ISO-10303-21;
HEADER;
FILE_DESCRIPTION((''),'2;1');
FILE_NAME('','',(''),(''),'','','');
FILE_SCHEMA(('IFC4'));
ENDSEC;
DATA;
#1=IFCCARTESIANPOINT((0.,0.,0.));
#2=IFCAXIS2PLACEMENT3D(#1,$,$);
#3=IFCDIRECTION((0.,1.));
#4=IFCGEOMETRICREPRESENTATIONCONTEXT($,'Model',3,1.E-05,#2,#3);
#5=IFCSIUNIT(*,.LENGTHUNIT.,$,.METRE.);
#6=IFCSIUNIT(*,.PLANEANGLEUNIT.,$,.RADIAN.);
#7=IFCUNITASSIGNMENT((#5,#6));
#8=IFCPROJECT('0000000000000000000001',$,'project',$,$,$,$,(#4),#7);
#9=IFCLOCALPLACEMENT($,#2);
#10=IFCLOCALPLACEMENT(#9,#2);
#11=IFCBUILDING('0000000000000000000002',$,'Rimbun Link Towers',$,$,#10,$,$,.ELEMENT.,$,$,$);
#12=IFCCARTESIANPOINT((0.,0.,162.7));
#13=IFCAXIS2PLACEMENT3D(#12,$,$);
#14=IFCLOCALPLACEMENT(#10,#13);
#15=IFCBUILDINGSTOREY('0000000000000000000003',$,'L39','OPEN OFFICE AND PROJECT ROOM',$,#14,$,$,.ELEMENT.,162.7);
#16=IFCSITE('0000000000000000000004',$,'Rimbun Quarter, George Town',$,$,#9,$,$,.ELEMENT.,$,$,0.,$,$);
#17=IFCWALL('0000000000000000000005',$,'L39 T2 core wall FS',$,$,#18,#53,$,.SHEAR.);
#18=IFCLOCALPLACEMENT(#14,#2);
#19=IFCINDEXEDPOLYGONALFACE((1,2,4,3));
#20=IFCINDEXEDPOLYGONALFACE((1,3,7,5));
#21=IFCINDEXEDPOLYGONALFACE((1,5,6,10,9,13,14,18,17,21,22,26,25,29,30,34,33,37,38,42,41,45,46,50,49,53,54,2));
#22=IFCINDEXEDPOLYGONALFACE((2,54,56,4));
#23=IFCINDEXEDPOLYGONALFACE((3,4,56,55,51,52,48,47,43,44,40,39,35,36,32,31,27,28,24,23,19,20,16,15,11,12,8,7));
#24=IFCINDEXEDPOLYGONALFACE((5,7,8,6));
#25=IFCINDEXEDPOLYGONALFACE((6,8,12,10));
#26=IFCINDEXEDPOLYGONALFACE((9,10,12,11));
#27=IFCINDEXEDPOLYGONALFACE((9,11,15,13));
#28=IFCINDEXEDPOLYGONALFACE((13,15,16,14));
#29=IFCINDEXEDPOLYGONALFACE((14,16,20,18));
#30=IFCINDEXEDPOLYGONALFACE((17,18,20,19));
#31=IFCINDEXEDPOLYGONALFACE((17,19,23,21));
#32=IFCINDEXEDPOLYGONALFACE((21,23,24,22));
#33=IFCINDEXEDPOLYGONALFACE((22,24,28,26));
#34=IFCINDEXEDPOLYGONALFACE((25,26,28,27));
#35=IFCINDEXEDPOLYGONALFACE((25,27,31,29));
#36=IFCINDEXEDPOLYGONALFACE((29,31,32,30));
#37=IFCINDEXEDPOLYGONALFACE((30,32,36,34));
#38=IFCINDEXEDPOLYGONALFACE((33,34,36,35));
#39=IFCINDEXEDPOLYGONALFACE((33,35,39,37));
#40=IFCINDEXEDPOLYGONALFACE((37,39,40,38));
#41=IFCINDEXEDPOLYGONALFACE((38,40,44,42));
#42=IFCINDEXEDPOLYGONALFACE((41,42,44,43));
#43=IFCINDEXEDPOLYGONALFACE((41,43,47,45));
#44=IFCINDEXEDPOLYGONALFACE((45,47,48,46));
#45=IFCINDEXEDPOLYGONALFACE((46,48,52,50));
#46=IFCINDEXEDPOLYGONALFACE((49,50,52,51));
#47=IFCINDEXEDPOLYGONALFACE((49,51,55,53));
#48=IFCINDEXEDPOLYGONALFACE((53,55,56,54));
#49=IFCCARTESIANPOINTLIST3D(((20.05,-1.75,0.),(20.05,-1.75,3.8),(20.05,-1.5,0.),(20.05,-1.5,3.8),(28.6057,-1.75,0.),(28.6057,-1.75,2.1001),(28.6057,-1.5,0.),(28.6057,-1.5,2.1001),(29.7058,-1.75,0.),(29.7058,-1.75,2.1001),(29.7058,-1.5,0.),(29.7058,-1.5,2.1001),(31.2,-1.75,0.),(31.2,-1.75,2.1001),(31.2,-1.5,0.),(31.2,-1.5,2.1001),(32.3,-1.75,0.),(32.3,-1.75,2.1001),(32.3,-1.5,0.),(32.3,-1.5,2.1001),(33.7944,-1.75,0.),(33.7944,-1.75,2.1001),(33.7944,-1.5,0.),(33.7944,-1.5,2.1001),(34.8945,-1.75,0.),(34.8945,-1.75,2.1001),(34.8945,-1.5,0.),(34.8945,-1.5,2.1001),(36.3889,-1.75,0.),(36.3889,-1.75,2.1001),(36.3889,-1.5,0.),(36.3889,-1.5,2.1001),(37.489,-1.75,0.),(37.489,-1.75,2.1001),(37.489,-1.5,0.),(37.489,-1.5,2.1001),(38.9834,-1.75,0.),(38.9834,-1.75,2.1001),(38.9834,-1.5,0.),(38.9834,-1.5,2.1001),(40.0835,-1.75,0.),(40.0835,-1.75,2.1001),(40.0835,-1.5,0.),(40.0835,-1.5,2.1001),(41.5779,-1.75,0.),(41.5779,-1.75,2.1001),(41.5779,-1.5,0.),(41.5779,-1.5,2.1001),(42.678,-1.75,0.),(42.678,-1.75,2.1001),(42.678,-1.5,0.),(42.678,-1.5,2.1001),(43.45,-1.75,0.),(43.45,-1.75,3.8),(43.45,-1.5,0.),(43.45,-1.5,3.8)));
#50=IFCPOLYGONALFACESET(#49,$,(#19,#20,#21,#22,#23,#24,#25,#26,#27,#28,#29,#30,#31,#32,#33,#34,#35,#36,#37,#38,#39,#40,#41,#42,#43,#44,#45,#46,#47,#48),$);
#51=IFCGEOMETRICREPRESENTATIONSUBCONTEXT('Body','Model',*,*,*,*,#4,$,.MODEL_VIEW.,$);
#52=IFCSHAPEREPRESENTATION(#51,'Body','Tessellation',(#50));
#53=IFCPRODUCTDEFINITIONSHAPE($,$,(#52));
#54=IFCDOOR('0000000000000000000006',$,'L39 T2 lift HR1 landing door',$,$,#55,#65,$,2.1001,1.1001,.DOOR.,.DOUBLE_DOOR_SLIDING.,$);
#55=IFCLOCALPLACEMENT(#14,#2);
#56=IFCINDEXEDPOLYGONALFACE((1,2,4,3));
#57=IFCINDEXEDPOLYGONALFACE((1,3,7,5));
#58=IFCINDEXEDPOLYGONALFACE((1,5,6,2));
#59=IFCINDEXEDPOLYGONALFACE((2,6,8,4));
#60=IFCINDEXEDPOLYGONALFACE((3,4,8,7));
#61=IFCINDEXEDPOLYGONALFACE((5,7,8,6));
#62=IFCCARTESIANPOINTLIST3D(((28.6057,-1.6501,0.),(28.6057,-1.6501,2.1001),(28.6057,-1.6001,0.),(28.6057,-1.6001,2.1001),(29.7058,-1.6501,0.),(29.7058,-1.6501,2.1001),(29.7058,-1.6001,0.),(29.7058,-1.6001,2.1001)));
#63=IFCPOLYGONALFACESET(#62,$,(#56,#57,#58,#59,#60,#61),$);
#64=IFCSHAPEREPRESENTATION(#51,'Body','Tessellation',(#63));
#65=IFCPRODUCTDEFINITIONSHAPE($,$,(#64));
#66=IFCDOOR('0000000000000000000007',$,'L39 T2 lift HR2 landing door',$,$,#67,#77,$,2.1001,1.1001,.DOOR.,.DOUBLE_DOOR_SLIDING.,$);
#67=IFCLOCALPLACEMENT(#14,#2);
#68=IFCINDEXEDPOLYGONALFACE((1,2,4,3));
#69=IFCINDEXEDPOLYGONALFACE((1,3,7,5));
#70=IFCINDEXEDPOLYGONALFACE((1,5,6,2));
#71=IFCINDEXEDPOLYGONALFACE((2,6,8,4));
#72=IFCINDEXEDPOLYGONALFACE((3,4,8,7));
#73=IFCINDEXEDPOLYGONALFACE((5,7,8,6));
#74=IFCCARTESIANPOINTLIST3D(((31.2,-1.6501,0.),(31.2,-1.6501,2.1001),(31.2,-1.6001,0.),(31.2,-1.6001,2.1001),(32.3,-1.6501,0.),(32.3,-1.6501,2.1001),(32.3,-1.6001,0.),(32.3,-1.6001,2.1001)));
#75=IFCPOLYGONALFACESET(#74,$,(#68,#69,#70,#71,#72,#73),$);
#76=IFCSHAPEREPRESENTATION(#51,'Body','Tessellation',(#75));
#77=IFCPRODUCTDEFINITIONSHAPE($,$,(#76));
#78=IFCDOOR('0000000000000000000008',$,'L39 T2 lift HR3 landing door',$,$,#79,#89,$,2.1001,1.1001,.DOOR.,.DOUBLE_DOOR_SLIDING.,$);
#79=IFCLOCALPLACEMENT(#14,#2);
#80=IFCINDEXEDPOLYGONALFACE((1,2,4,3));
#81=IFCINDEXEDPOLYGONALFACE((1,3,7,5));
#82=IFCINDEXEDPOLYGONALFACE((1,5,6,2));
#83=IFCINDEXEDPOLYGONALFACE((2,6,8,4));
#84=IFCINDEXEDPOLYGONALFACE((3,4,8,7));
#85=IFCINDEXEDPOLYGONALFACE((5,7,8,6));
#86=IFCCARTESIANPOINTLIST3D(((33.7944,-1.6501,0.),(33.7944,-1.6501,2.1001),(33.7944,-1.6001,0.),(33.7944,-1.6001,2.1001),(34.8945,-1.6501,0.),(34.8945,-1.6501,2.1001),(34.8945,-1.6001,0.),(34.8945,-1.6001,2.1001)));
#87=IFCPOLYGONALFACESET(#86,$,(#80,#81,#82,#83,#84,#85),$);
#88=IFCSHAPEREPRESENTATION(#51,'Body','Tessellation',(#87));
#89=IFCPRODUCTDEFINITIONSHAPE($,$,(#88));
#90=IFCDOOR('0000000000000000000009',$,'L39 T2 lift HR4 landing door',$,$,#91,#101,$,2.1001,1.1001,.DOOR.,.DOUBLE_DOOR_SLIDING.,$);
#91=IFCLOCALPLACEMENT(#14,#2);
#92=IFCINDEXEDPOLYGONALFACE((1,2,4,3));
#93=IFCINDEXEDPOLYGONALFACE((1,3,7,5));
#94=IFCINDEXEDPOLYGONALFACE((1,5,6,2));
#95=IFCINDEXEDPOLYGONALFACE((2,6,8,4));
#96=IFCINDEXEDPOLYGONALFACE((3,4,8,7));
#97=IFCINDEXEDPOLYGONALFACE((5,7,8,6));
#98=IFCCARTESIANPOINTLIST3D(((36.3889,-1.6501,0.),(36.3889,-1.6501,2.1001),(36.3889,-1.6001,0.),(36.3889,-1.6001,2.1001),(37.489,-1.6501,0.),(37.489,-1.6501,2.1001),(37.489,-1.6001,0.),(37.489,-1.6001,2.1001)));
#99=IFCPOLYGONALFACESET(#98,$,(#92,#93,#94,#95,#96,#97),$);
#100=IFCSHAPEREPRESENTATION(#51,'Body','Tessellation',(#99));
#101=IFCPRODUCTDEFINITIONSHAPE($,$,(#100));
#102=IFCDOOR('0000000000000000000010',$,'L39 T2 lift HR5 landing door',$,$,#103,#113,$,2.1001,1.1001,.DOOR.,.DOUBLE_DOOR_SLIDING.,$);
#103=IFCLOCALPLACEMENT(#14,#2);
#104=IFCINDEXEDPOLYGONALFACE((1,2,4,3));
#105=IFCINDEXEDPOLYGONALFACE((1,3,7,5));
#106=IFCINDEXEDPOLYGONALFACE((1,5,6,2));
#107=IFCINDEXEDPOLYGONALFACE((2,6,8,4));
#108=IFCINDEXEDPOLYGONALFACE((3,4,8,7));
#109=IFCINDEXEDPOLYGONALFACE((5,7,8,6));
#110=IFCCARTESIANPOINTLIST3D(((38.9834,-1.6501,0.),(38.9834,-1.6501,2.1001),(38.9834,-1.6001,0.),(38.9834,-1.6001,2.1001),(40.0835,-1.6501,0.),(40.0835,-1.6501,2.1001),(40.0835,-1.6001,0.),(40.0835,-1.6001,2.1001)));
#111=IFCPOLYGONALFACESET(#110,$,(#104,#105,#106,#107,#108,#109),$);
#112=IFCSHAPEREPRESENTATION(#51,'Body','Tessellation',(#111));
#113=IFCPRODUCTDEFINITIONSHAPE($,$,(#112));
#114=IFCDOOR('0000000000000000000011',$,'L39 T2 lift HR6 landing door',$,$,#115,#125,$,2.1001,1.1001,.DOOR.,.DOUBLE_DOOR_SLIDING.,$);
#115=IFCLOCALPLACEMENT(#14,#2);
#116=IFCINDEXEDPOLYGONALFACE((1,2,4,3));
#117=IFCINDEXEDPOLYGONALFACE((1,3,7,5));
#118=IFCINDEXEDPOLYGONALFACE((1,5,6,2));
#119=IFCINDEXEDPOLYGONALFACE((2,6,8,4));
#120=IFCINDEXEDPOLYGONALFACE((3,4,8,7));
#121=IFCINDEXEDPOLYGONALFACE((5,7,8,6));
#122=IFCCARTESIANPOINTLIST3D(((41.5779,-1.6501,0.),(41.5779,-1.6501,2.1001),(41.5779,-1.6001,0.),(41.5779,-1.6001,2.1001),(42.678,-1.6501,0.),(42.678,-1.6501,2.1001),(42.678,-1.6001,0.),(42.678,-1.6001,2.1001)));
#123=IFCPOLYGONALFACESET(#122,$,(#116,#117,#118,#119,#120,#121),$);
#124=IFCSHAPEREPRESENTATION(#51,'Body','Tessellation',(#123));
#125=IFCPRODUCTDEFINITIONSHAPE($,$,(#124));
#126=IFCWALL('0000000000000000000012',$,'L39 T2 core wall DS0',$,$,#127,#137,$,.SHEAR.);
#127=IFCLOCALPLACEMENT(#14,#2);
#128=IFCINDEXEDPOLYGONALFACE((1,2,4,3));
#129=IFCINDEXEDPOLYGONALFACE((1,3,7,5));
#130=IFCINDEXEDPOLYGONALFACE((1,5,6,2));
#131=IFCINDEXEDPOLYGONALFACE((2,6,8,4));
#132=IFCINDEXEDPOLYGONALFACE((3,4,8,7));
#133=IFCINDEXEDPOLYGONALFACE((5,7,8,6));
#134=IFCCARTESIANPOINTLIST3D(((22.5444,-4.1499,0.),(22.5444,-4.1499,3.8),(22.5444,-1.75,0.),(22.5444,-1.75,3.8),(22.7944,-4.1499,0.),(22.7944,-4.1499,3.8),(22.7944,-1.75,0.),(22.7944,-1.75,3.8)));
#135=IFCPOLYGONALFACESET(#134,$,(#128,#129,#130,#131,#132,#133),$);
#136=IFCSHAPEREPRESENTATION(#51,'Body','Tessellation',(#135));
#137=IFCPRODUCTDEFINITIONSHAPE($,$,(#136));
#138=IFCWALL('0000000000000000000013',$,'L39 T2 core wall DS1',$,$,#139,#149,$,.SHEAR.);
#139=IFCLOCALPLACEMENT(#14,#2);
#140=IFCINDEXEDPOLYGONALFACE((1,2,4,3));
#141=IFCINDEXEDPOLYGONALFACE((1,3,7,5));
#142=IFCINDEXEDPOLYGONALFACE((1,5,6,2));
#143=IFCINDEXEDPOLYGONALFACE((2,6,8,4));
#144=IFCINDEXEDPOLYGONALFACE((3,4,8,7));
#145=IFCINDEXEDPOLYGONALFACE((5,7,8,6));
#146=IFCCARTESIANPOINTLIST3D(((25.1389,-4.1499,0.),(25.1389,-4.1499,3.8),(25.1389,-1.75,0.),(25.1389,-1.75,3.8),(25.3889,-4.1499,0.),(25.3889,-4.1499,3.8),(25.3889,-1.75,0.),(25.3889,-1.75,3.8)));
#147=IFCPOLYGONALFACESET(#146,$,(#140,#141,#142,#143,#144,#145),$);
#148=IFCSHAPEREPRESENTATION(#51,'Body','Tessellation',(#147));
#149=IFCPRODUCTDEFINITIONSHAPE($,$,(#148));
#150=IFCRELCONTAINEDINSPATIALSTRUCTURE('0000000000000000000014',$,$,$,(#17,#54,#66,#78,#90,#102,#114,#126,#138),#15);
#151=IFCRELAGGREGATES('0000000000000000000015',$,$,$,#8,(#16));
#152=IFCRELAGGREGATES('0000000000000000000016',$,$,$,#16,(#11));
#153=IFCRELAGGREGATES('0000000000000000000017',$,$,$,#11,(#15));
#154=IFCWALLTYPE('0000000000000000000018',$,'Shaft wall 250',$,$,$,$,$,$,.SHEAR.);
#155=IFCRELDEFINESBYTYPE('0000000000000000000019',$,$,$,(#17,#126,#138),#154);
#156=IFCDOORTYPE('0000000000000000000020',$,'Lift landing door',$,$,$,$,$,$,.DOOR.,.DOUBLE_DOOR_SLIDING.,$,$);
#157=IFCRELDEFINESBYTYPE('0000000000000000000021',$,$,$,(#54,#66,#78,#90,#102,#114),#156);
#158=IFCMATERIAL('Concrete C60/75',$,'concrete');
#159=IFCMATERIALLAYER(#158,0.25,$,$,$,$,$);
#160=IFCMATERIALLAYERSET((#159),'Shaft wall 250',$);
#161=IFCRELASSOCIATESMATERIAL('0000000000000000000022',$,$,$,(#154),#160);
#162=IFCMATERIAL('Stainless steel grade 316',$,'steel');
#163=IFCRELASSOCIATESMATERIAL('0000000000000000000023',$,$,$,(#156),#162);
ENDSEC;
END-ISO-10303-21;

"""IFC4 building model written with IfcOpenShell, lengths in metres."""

from ifc_helpers import new_model, si_unit, direction, frame, frame_2d, origin, place, context, subcontext, project, spatial, rectangle, extrude, material, layer, layer_set, type_object, element, fill, save


model = new_model("IFC4")

# Units and contexts
model_context = context("Model", 3, precision=1e-05, world=origin(), true_north=direction((0.0, 1.0)))
body_context = subcontext(model_context, "Body", "Model", "MODEL_VIEW")
ifc_project = project(units=[si_unit("LENGTHUNIT", "METRE"), si_unit("PLANEANGLEUNIT", "RADIAN")], contexts=[model_context])

# Site, building, storey
site_placement = place(None, origin())
site = spatial("IfcSite", under=ifc_project, at=site_placement, Name="Rimbun Quarter, George Town", CompositionType="ELEMENT", RefElevation=0.0)
building_placement = place(site_placement, origin())
building = spatial("IfcBuilding", under=site, at=building_placement, Name="Rimbun Link Towers", CompositionType="ELEMENT")
storey_placement = place(building_placement, frame((0.0, 0.0, 162.7)))
storey = spatial("IfcBuildingStorey", under=building, at=storey_placement, Name="L39", Description="OPEN OFFICE AND PROJECT ROOM", CompositionType="ELEMENT", Elevation=162.7)

# Shared definitions
ifc_material_1 = material(Name="Concrete C60/75", Category="concrete")
ifc_layer_1 = layer(ifc_material_1, 0.25)
ifc_layer_set_1 = layer_set([ifc_layer_1], Name="Shaft wall 250")
wall_type_1 = type_object("IfcWallType", Name="Shaft wall 250", PredefinedType="SHEAR", material=ifc_layer_set_1)

# Wall, openings, doors
wall_1_placement = place(storey_placement, frame((20.05, -1.625, 0.0), z_axis=(0.0, 0.0, 1.0), x_axis=(1.0, 0.0, 0.0)))
wall_1 = element("IfcWall", 1, at=wall_1_placement, inside=storey, type_object=wall_type_1, Name="L39 T2 core wall FS", PredefinedType="SHEAR", context=body_context, shape_type="SweptSolid", body=[
    extrude(rectangle(XDim=23.3999, YDim=0.25, at=frame_2d((11.7, 0.0))), origin(), (0.0, 0.0, 1.0), 3.8),
])
opening_1_placement = place(wall_1_placement, frame((8.5557, 0.0, 0.0)))
opening_1 = element("IfcOpeningElement", 2, at=opening_1_placement, cuts=wall_1, PredefinedType="OPENING", context=body_context, shape_type="SweptSolid", body=[
    extrude(rectangle(XDim=1.1001, YDim=2.1001, at=frame_2d((0.55, 1.05))), frame((0.0, 0.135, 0.0), z_axis=(0.0, -1.0, 0.0), x_axis=(1.0, 0.0, 0.0)), (0.0, 0.0, 1.0), 0.27),
])
opening_2_placement = place(wall_1_placement, frame((11.1499, 0.0, 0.0)))
opening_2 = element("IfcOpeningElement", 3, at=opening_2_placement, cuts=wall_1, PredefinedType="OPENING", context=body_context, shape_type="SweptSolid", body=[
    extrude(rectangle(XDim=1.1001, YDim=2.1001, at=frame_2d((0.55, 1.05))), frame((0.0, 0.135, 0.0), z_axis=(0.0, -1.0, 0.0), x_axis=(1.0, 0.0, 0.0)), (0.0, 0.0, 1.0), 0.27),
])
opening_3_placement = place(wall_1_placement, frame((13.7444, 0.0, 0.0)))
opening_3 = element("IfcOpeningElement", 4, at=opening_3_placement, cuts=wall_1, PredefinedType="OPENING", context=body_context, shape_type="SweptSolid", body=[
    extrude(rectangle(XDim=1.1001, YDim=2.1001, at=frame_2d((0.55, 1.05))), frame((0.0, 0.135, 0.0), z_axis=(0.0, -1.0, 0.0), x_axis=(1.0, 0.0, 0.0)), (0.0, 0.0, 1.0), 0.27),
])
opening_4_placement = place(wall_1_placement, frame((16.3389, 0.0, 0.0)))
opening_4 = element("IfcOpeningElement", 5, at=opening_4_placement, cuts=wall_1, PredefinedType="OPENING", context=body_context, shape_type="SweptSolid", body=[
    extrude(rectangle(XDim=1.1001, YDim=2.1001, at=frame_2d((0.55, 1.05))), frame((0.0, 0.135, 0.0), z_axis=(0.0, -1.0, 0.0), x_axis=(1.0, 0.0, 0.0)), (0.0, 0.0, 1.0), 0.27),
])
opening_5_placement = place(wall_1_placement, frame((18.9333, 0.0, 0.0)))
opening_5 = element("IfcOpeningElement", 6, at=opening_5_placement, cuts=wall_1, PredefinedType="OPENING", context=body_context, shape_type="SweptSolid", body=[
    extrude(rectangle(XDim=1.1001, YDim=2.1001, at=frame_2d((0.55, 1.05))), frame((0.0, 0.135, 0.0), z_axis=(0.0, -1.0, 0.0), x_axis=(1.0, 0.0, 0.0)), (0.0, 0.0, 1.0), 0.27),
])
opening_6_placement = place(wall_1_placement, frame((21.5278, 0.0, 0.0)))
opening_6 = element("IfcOpeningElement", 7, at=opening_6_placement, cuts=wall_1, PredefinedType="OPENING", context=body_context, shape_type="SweptSolid", body=[
    extrude(rectangle(XDim=1.1001, YDim=2.1001, at=frame_2d((0.55, 1.05))), frame((0.0, 0.135, 0.0), z_axis=(0.0, -1.0, 0.0), x_axis=(1.0, 0.0, 0.0)), (0.0, 0.0, 1.0), 0.27),
])
ifc_material_2 = material(Name="Stainless steel grade 316", Category="steel")
door_type_1 = type_object("IfcDoorType", Name="Lift landing door", OperationType="DOUBLE_DOOR_SLIDING", PredefinedType="DOOR", material=ifc_material_2)
door_1_placement = place(opening_1_placement, origin())
door_1 = element("IfcDoor", 8, at=door_1_placement, inside=storey, type_object=door_type_1, Name="L39 T2 lift HR1 landing door", OperationType="DOUBLE_DOOR_SLIDING", OverallHeight=2.1001, OverallWidth=1.1001, PredefinedType="DOOR", context=body_context, shape_type="SweptSolid", body=[
    extrude(rectangle(XDim=1.1001, YDim=2.1001, at=frame_2d((0.55, 1.05))), frame((0.0, 0.0249, 0.0), z_axis=(0.0, -1.0, 0.0), x_axis=(1.0, 0.0, 0.0)), (0.0, 0.0, 1.0), 0.05),
])
fill(opening_1, door_1)
door_2_placement = place(opening_2_placement, origin())
door_2 = element("IfcDoor", 9, at=door_2_placement, inside=storey, type_object=door_type_1, Name="L39 T2 lift HR2 landing door", OperationType="DOUBLE_DOOR_SLIDING", OverallHeight=2.1001, OverallWidth=1.1001, PredefinedType="DOOR", context=body_context, shape_type="SweptSolid", body=[
    extrude(rectangle(XDim=1.1001, YDim=2.1001, at=frame_2d((0.55, 1.05))), frame((0.0, 0.0249, 0.0), z_axis=(0.0, -1.0, 0.0), x_axis=(1.0, 0.0, 0.0)), (0.0, 0.0, 1.0), 0.05),
])
fill(opening_2, door_2)
door_3_placement = place(opening_3_placement, origin())
door_3 = element("IfcDoor", 10, at=door_3_placement, inside=storey, type_object=door_type_1, Name="L39 T2 lift HR3 landing door", OperationType="DOUBLE_DOOR_SLIDING", OverallHeight=2.1001, OverallWidth=1.1001, PredefinedType="DOOR", context=body_context, shape_type="SweptSolid", body=[
    extrude(rectangle(XDim=1.1001, YDim=2.1001, at=frame_2d((0.55, 1.05))), frame((0.0, 0.0249, 0.0), z_axis=(0.0, -1.0, 0.0), x_axis=(1.0, 0.0, 0.0)), (0.0, 0.0, 1.0), 0.05),
])
fill(opening_3, door_3)
door_4_placement = place(opening_4_placement, origin())
door_4 = element("IfcDoor", 11, at=door_4_placement, inside=storey, type_object=door_type_1, Name="L39 T2 lift HR4 landing door", OperationType="DOUBLE_DOOR_SLIDING", OverallHeight=2.1001, OverallWidth=1.1001, PredefinedType="DOOR", context=body_context, shape_type="SweptSolid", body=[
    extrude(rectangle(XDim=1.1001, YDim=2.1001, at=frame_2d((0.55, 1.05))), frame((0.0, 0.0249, 0.0), z_axis=(0.0, -1.0, 0.0), x_axis=(1.0, 0.0, 0.0)), (0.0, 0.0, 1.0), 0.05),
])
fill(opening_4, door_4)
door_5_placement = place(opening_5_placement, origin())
door_5 = element("IfcDoor", 12, at=door_5_placement, inside=storey, type_object=door_type_1, Name="L39 T2 lift HR5 landing door", OperationType="DOUBLE_DOOR_SLIDING", OverallHeight=2.1001, OverallWidth=1.1001, PredefinedType="DOOR", context=body_context, shape_type="SweptSolid", body=[
    extrude(rectangle(XDim=1.1001, YDim=2.1001, at=frame_2d((0.55, 1.05))), frame((0.0, 0.0249, 0.0), z_axis=(0.0, -1.0, 0.0), x_axis=(1.0, 0.0, 0.0)), (0.0, 0.0, 1.0), 0.05),
])
fill(opening_5, door_5)
door_6_placement = place(opening_6_placement, origin())
door_6 = element("IfcDoor", 13, at=door_6_placement, inside=storey, type_object=door_type_1, Name="L39 T2 lift HR6 landing door", OperationType="DOUBLE_DOOR_SLIDING", OverallHeight=2.1001, OverallWidth=1.1001, PredefinedType="DOOR", context=body_context, shape_type="SweptSolid", body=[
    extrude(rectangle(XDim=1.1001, YDim=2.1001, at=frame_2d((0.55, 1.05))), frame((0.0, 0.0249, 0.0), z_axis=(0.0, -1.0, 0.0), x_axis=(1.0, 0.0, 0.0)), (0.0, 0.0, 1.0), 0.05),
])
fill(opening_6, door_6)

# Walls
for number, where, z_axis, x_axis, name in (
    (14, (22.6694, -4.1499, 0.0), (0.0, 0.0, 1.0), (0.0, 1.0, 0.0), "L39 T2 core wall DS0"),
    (15, (25.2639, -4.1499, 0.0), (0.0, 0.0, 1.0), (0.0, 1.0, 0.0), "L39 T2 core wall DS1"),
):
    element("IfcWall", number, at=place(storey_placement, frame(where, z_axis=z_axis, x_axis=x_axis)), inside=storey, type_object=wall_type_1, Name=name, PredefinedType="SHEAR", context=body_context, shape_type="SweptSolid", body=[
        extrude(rectangle(XDim=2.3999, YDim=0.25, at=frame_2d((1.2, 0.0))), origin(), (0.0, 0.0, 1.0), 3.8),
    ])

save(model, "model.ifc")
